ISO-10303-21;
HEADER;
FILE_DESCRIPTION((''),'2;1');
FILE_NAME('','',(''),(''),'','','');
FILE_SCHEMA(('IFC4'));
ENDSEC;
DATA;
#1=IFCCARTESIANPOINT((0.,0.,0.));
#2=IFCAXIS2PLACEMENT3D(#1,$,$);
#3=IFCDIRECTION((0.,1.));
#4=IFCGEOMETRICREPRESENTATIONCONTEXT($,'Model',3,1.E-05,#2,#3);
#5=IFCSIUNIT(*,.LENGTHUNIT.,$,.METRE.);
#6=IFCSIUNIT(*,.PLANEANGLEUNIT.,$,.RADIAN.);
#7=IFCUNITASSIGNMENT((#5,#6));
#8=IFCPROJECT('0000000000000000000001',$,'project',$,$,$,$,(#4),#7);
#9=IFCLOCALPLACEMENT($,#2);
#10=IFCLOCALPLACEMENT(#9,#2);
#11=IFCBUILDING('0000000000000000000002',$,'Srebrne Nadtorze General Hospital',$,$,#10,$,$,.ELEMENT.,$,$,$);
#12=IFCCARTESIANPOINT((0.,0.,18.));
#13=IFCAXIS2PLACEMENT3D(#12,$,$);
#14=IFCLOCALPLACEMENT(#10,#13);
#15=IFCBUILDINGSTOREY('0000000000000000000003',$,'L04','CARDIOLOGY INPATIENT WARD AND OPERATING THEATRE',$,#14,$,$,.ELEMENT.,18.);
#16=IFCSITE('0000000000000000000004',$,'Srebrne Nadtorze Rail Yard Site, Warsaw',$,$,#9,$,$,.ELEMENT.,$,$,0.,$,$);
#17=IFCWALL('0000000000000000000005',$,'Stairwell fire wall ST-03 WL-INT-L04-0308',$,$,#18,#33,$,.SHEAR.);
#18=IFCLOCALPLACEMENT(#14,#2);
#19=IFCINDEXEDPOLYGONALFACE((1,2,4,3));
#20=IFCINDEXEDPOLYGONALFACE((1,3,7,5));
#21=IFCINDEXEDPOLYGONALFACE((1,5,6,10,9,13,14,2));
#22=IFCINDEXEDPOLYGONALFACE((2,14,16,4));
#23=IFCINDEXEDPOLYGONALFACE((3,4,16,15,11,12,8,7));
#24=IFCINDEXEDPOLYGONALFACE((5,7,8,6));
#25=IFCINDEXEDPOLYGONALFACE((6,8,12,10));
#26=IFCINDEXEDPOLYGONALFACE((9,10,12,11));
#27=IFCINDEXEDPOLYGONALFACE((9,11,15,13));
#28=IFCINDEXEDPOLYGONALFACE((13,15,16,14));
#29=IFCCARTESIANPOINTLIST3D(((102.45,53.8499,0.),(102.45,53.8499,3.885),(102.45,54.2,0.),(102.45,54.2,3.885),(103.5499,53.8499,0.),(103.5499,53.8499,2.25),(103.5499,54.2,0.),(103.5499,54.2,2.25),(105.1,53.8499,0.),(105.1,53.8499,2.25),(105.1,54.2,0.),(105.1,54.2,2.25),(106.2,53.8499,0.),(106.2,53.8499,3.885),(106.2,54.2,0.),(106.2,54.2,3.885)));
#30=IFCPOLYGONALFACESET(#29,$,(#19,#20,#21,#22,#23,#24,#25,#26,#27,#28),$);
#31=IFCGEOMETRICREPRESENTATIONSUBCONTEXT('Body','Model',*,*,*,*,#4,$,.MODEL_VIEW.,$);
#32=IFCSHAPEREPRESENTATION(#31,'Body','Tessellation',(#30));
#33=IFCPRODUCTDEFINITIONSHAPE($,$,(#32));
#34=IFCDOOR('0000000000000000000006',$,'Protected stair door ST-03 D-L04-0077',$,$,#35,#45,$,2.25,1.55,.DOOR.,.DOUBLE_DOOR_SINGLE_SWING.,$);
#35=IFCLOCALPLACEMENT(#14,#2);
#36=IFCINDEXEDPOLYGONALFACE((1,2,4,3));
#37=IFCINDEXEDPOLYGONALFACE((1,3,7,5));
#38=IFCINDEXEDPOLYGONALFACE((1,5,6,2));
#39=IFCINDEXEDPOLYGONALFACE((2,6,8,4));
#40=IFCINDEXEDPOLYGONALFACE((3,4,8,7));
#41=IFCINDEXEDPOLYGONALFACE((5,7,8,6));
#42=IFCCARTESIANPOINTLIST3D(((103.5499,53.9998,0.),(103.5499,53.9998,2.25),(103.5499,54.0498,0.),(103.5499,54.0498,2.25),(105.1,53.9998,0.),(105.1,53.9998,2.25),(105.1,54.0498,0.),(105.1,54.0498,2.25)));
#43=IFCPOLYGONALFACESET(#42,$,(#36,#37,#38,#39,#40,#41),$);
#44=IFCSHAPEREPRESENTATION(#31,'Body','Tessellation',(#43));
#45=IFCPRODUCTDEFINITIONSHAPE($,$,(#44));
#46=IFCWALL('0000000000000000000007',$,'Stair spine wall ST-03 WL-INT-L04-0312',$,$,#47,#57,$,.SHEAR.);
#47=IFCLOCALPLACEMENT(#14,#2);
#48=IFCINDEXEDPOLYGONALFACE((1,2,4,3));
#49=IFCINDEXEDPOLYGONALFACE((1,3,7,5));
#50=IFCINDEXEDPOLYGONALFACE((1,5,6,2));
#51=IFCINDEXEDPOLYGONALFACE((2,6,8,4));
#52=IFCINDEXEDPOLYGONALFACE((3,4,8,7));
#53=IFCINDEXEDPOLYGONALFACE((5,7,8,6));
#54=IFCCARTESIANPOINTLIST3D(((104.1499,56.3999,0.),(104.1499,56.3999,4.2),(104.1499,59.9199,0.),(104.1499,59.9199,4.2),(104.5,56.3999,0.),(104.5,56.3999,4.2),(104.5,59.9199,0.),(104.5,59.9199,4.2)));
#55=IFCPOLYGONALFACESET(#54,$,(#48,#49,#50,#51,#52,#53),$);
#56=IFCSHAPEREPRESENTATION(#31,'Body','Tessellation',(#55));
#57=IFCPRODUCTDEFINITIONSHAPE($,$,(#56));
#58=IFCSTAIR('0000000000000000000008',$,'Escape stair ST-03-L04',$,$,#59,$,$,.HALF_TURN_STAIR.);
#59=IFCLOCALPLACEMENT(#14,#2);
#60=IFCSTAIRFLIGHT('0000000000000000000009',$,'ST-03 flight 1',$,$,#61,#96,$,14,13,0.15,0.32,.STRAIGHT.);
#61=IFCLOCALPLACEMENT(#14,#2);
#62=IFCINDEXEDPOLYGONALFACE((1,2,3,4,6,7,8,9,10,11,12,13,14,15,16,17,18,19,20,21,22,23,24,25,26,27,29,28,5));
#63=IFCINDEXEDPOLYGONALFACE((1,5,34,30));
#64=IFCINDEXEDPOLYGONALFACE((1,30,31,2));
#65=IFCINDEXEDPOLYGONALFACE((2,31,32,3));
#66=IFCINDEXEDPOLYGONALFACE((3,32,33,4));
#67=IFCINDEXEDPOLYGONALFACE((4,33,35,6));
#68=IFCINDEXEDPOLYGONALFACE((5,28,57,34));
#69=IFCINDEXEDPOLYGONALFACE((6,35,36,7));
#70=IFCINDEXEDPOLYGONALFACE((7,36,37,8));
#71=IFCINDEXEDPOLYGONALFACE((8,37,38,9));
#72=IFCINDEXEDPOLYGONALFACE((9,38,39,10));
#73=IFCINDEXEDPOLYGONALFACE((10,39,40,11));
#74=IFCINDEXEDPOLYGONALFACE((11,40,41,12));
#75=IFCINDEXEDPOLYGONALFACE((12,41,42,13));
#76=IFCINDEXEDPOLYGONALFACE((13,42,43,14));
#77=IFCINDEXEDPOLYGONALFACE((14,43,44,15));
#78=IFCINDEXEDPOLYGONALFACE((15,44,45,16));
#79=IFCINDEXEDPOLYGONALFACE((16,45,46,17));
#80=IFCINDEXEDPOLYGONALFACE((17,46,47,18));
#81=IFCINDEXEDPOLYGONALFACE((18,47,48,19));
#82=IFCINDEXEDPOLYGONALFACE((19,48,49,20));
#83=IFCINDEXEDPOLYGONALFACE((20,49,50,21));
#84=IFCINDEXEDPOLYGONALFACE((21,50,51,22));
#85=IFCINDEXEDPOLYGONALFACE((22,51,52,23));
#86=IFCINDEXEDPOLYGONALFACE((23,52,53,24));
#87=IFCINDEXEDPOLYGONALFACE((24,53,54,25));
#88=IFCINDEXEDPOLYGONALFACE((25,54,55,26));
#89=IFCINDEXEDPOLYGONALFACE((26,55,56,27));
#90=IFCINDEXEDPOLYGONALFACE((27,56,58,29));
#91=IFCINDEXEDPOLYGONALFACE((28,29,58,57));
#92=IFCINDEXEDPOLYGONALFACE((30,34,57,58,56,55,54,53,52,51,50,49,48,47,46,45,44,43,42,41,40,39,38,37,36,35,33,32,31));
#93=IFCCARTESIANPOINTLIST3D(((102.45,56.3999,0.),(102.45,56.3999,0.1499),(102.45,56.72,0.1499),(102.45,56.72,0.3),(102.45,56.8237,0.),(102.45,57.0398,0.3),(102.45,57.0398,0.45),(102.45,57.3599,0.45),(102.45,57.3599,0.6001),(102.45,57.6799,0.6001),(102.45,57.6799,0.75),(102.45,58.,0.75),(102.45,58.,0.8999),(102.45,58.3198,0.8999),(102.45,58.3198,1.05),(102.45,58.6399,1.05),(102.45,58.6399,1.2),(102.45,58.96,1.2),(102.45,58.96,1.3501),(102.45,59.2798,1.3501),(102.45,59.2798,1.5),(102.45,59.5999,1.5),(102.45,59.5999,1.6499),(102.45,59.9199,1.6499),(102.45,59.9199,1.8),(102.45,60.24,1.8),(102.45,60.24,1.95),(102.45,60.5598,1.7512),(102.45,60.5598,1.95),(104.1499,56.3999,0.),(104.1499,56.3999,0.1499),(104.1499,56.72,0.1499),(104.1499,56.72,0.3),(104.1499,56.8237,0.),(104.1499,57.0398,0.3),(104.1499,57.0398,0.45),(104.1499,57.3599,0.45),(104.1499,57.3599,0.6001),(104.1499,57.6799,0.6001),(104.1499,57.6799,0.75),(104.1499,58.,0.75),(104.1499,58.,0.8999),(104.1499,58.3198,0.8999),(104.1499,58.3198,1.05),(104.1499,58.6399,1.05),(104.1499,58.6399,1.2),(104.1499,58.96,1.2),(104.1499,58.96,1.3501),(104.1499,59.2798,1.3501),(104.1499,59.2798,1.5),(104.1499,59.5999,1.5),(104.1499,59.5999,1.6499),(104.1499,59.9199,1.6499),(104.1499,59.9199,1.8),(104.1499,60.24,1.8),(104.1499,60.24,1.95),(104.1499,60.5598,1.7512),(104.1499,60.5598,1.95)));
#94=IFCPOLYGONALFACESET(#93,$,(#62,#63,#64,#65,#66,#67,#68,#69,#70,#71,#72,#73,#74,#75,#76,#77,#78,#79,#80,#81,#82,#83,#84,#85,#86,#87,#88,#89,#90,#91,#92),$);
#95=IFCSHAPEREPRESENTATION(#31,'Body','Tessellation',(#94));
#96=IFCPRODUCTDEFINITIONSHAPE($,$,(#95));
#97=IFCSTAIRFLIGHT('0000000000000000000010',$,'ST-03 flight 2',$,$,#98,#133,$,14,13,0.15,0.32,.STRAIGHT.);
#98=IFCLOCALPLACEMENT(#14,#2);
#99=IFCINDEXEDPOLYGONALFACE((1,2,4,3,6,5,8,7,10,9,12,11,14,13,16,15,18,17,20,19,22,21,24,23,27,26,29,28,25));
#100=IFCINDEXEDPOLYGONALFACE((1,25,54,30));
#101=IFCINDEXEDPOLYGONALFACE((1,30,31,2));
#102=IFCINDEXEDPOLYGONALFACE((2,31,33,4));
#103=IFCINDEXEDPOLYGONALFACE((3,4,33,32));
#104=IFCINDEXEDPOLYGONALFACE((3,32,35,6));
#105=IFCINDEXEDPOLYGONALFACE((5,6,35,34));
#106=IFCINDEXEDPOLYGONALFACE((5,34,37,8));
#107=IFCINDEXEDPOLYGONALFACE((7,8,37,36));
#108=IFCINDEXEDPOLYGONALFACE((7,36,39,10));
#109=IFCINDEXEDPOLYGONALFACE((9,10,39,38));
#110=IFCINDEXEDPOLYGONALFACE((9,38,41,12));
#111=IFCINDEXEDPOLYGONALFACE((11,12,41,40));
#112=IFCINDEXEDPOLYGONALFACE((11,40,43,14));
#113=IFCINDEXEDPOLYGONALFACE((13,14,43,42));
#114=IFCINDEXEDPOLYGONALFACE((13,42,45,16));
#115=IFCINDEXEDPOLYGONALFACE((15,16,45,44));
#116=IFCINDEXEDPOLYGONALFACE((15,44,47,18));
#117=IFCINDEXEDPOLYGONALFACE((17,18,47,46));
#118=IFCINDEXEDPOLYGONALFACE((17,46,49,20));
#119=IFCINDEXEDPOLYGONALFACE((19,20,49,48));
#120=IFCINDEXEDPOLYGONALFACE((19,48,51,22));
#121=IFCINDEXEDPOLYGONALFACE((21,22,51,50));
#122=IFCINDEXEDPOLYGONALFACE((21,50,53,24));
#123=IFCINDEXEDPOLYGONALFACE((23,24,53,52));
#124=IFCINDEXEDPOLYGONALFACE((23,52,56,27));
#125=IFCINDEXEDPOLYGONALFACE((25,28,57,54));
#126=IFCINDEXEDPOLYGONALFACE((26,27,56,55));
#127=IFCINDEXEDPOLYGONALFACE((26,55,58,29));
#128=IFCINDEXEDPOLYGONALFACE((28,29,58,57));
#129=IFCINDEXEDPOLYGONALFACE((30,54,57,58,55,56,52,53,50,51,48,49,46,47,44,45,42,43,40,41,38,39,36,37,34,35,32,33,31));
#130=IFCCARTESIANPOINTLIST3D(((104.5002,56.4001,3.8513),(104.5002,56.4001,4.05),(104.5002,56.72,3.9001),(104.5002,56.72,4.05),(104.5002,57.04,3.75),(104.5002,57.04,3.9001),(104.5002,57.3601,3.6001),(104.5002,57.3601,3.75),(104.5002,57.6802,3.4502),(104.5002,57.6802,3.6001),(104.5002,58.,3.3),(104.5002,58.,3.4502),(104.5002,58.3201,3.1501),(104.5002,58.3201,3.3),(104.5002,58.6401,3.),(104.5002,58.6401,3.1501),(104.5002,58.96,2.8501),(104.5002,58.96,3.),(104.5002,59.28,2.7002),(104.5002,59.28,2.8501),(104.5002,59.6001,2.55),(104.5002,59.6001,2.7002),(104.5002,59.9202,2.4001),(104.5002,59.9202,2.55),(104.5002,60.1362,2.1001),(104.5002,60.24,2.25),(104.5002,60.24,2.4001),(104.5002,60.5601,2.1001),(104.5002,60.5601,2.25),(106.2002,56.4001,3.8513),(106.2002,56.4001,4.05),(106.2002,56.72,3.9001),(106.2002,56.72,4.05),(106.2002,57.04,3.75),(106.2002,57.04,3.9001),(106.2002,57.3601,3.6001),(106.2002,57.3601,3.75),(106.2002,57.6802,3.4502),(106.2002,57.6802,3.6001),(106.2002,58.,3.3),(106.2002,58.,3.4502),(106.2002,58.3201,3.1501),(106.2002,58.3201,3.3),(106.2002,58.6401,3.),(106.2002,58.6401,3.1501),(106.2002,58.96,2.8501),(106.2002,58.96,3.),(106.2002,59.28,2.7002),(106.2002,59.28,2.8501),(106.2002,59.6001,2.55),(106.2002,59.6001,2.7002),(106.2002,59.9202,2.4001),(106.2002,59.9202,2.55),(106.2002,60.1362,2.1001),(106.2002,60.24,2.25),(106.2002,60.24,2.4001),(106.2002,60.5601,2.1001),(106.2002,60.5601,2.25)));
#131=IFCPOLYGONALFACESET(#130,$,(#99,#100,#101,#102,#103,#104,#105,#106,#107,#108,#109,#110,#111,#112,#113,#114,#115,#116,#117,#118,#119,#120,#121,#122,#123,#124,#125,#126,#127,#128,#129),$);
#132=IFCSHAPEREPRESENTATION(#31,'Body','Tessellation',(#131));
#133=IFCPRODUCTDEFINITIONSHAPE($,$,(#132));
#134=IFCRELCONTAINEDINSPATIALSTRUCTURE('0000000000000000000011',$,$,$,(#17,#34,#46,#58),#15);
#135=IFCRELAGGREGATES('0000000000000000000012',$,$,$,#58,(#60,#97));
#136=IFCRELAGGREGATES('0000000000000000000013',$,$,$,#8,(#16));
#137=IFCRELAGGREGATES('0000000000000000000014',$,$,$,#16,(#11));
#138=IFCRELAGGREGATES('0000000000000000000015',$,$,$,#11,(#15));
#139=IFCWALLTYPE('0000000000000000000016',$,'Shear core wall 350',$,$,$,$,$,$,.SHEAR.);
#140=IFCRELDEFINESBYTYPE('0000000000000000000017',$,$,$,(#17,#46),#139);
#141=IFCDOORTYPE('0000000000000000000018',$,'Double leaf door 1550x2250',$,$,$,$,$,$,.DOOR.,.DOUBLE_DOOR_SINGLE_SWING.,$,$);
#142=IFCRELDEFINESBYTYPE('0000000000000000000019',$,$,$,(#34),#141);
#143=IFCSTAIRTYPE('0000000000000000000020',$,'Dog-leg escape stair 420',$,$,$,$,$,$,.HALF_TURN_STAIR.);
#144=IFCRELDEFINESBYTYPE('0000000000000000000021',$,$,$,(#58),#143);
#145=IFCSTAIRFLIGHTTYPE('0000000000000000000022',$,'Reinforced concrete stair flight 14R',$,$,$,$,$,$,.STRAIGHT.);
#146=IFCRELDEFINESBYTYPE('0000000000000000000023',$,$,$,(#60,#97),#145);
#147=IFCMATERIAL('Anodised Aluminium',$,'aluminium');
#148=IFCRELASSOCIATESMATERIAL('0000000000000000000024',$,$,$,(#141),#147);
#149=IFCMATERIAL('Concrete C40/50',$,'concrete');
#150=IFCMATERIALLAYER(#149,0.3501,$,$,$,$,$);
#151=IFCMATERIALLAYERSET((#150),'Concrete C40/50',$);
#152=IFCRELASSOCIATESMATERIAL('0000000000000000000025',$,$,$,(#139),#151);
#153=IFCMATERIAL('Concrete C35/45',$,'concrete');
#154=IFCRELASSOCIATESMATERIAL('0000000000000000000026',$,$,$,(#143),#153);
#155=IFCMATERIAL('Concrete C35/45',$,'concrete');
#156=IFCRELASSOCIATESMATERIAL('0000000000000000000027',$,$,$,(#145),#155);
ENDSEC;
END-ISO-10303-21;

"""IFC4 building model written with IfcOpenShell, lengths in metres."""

from ifc_helpers import new_model, si_unit, direction, frame, frame_2d, origin, place, context, subcontext, project, spatial, polyline, rectangle, outline, extrude, material, layer, layer_set, type_object, element, fill, aggregate, save


model = new_model("IFC4")

# Units and contexts
model_context = context("Model", 3, precision=1e-05, world=origin(), true_north=direction((0.0, 1.0)))
body_context = subcontext(model_context, "Body", "Model", "MODEL_VIEW")
ifc_project = project(units=[si_unit("LENGTHUNIT", "METRE"), si_unit("PLANEANGLEUNIT", "RADIAN")], contexts=[model_context])

# Site, building, storey
site_placement = place(None, origin())
site = spatial("IfcSite", under=ifc_project, at=site_placement, Name="Srebrne Nadtorze Rail Yard Site, Warsaw", CompositionType="ELEMENT", RefElevation=0.0)
building_placement = place(site_placement, origin())
building = spatial("IfcBuilding", under=site, at=building_placement, Name="Srebrne Nadtorze General Hospital", CompositionType="ELEMENT")
storey_placement = place(building_placement, frame((0.0, 0.0, 18.0)))
storey = spatial("IfcBuildingStorey", under=building, at=storey_placement, Name="L04", Description="CARDIOLOGY INPATIENT WARD AND OPERATING THEATRE", CompositionType="ELEMENT", Elevation=18.0)

# Shared definitions
ifc_material_1 = material(Name="Anodised Aluminium", Category="aluminium")
door_type_1 = type_object("IfcDoorType", Name="Double leaf door 1550x2250", OperationType="DOUBLE_DOOR_SINGLE_SWING", PredefinedType="DOOR", material=ifc_material_1)

# Shared definitions
ifc_material_2 = material(Name="Concrete C40/50", Category="concrete")
ifc_layer_1 = layer(ifc_material_2, 0.3501)
ifc_layer_set_1 = layer_set([ifc_layer_1], Name="Concrete C40/50")
wall_type_1 = type_object("IfcWallType", Name="Shear core wall 350", PredefinedType="SHEAR", material=ifc_layer_set_1)

# Wall, opening, door
wall_1_placement = place(storey_placement, frame((102.45, 54.0249, 0.0), z_axis=(0.0, 0.0, 1.0), x_axis=(1.0, 0.0, 0.0)))
wall_1 = element("IfcWall", 1, at=wall_1_placement, inside=storey, type_object=wall_type_1, Name="Stairwell fire wall ST-03 WL-INT-L04-0308", PredefinedType="SHEAR", context=body_context, shape_type="SweptSolid", body=[
    extrude(rectangle(XDim=3.75, YDim=0.3501, at=frame_2d((1.875, 0.0))), origin(), (0.0, 0.0, 1.0), 3.885),
])
opening_1_placement = place(wall_1_placement, frame((1.1001, 0.0, 0.0)))
opening_1 = element("IfcOpeningElement", 2, at=opening_1_placement, cuts=wall_1, PredefinedType="OPENING", context=body_context, shape_type="SweptSolid", body=[
    extrude(rectangle(XDim=1.55, YDim=2.25, at=frame_2d((0.7749, 1.125))), frame((0.0, 0.187, 0.0), z_axis=(0.0, -1.0, 0.0), x_axis=(1.0, 0.0, 0.0)), (0.0, 0.0, 1.0), 0.374),
])
door_1_placement = place(opening_1_placement, origin())
door_1 = element("IfcDoor", 3, at=door_1_placement, inside=storey, type_object=door_type_1, Name="Protected stair door ST-03 D-L04-0077", OperationType="DOUBLE_DOOR_SINGLE_SWING", OverallHeight=2.25, OverallWidth=1.55, PredefinedType="DOOR", context=body_context, shape_type="SweptSolid", body=[
    extrude(rectangle(XDim=1.55, YDim=2.25, at=frame_2d((0.7749, 1.125))), frame((0.0, 0.0249, 0.0), z_axis=(0.0, -1.0, 0.0), x_axis=(1.0, 0.0, 0.0)), (0.0, 0.0, 1.0), 0.05),
])
fill(opening_1, door_1)

# Wall
wall_2_placement = place(storey_placement, frame((104.325, 56.3999, 0.0), z_axis=(0.0, 0.0, 1.0), x_axis=(0.0, 1.0, 0.0)))
element("IfcWall", 4, at=wall_2_placement, inside=storey, type_object=wall_type_1, Name="Stair spine wall ST-03 WL-INT-L04-0312", PredefinedType="SHEAR", context=body_context, shape_type="SweptSolid", body=[
    extrude(rectangle(XDim=3.52, YDim=0.3501, at=frame_2d((1.76, 0.0))), origin(), (0.0, 0.0, 1.0), 4.2),
])

# Stair, stair flights
ifc_material_3 = material(Name="Concrete C35/45", Category="concrete")
stair_type = type_object("IfcStairType", Name="Dog-leg escape stair 420", PredefinedType="HALF_TURN_STAIR", material=ifc_material_3)
stair_placement = place(storey_placement, origin())
stair = element("IfcStair", 5, at=stair_placement, inside=storey, type_object=stair_type, Name="Escape stair ST-03-L04", PredefinedType="HALF_TURN_STAIR")
ifc_material_4 = material(Name="Concrete C35/45", Category="concrete")
stair_flight_type = type_object("IfcStairFlightType", Name="Reinforced concrete stair flight 14R", PredefinedType="STRAIGHT", material=ifc_material_4)
stair_flight_1_placement = place(storey_placement, frame((103.3, 56.3999, 0.0), z_axis=(0.0, 0.0, 1.0), x_axis=(0.0, 1.0, 0.0)))
stair_flight_1 = element("IfcStairFlight", 6, at=stair_flight_1_placement, type_object=stair_flight_type, Name="ST-03 flight 1", NumberOfRisers=14, NumberOfTreads=13, PredefinedType="STRAIGHT", RiserHeight=0.15, TreadLength=0.32, context=body_context, shape_type="SweptSolid", body=[
    extrude(outline(polyline([(0.0, 0.0), (0.0, 0.1499), (0.3201, 0.1499), (0.3201, 0.3), (0.6399, 0.3), (0.6399, 0.45), (0.96, 0.45), (0.96, 0.6001), (1.28, 0.6001), (1.28, 0.75), (1.6001, 0.75), (1.6001, 0.8999), (1.9199, 0.8999), (1.9199, 1.05), (2.24, 1.05), (2.24, 1.2), (2.5601, 1.2), (2.5601, 1.3501), (2.8799, 1.3501), (2.8799, 1.5), (3.2, 1.5), (3.2, 1.6499), (3.52, 1.6499), (3.52, 1.8), (3.8401, 1.8), (3.8401, 1.95), (4.1599, 1.95), (4.1599, 2.1001), (4.1599, 1.7512), (0.4238, 0.0), (0.0, 0.0)])), frame((0.0, 0.8501, 0.0), z_axis=(0.0, -1.0, 0.0), x_axis=(1.0, 0.0, 0.0)), (0.0, 0.0, 1.0), 1.7),
])
stair_flight_2_placement = place(storey_placement, frame((105.3501, 60.5601, 2.1001), z_axis=(0.0, 0.0, 1.0), x_axis=(0.0, -1.0, 0.0)))
stair_flight_2 = element("IfcStairFlight", 7, at=stair_flight_2_placement, type_object=stair_flight_type, Name="ST-03 flight 2", NumberOfRisers=14, NumberOfTreads=13, PredefinedType="STRAIGHT", RiserHeight=0.15, TreadLength=0.32, context=body_context, shape_type="SweptSolid", body=[
    extrude(outline(polyline([(0.0, 0.0), (0.0, 0.1499), (0.3201, 0.1499), (0.3201, 0.3), (0.6399, 0.3), (0.6399, 0.45), (0.96, 0.45), (0.96, 0.6001), (1.28, 0.6001), (1.28, 0.75), (1.6001, 0.75), (1.6001, 0.8999), (1.9199, 0.8999), (1.9199, 1.05), (2.24, 1.05), (2.24, 1.2), (2.5601, 1.2), (2.5601, 1.3501), (2.8799, 1.3501), (2.8799, 1.5), (3.2, 1.5), (3.2, 1.6499), (3.52, 1.6499), (3.52, 1.8), (3.8401, 1.8), (3.8401, 1.95), (4.1599, 1.95), (4.1599, 2.1001), (4.1599, 1.7512), (0.4238, 0.0), (0.0, 0.0)])), frame((0.0, 0.8501, 0.0), z_axis=(0.0, -1.0, 0.0), x_axis=(1.0, 0.0, 0.0)), (0.0, 0.0, 1.0), 1.7),
])
aggregate(stair, [stair_flight_1, stair_flight_2])

save(model, "model.ifc")
